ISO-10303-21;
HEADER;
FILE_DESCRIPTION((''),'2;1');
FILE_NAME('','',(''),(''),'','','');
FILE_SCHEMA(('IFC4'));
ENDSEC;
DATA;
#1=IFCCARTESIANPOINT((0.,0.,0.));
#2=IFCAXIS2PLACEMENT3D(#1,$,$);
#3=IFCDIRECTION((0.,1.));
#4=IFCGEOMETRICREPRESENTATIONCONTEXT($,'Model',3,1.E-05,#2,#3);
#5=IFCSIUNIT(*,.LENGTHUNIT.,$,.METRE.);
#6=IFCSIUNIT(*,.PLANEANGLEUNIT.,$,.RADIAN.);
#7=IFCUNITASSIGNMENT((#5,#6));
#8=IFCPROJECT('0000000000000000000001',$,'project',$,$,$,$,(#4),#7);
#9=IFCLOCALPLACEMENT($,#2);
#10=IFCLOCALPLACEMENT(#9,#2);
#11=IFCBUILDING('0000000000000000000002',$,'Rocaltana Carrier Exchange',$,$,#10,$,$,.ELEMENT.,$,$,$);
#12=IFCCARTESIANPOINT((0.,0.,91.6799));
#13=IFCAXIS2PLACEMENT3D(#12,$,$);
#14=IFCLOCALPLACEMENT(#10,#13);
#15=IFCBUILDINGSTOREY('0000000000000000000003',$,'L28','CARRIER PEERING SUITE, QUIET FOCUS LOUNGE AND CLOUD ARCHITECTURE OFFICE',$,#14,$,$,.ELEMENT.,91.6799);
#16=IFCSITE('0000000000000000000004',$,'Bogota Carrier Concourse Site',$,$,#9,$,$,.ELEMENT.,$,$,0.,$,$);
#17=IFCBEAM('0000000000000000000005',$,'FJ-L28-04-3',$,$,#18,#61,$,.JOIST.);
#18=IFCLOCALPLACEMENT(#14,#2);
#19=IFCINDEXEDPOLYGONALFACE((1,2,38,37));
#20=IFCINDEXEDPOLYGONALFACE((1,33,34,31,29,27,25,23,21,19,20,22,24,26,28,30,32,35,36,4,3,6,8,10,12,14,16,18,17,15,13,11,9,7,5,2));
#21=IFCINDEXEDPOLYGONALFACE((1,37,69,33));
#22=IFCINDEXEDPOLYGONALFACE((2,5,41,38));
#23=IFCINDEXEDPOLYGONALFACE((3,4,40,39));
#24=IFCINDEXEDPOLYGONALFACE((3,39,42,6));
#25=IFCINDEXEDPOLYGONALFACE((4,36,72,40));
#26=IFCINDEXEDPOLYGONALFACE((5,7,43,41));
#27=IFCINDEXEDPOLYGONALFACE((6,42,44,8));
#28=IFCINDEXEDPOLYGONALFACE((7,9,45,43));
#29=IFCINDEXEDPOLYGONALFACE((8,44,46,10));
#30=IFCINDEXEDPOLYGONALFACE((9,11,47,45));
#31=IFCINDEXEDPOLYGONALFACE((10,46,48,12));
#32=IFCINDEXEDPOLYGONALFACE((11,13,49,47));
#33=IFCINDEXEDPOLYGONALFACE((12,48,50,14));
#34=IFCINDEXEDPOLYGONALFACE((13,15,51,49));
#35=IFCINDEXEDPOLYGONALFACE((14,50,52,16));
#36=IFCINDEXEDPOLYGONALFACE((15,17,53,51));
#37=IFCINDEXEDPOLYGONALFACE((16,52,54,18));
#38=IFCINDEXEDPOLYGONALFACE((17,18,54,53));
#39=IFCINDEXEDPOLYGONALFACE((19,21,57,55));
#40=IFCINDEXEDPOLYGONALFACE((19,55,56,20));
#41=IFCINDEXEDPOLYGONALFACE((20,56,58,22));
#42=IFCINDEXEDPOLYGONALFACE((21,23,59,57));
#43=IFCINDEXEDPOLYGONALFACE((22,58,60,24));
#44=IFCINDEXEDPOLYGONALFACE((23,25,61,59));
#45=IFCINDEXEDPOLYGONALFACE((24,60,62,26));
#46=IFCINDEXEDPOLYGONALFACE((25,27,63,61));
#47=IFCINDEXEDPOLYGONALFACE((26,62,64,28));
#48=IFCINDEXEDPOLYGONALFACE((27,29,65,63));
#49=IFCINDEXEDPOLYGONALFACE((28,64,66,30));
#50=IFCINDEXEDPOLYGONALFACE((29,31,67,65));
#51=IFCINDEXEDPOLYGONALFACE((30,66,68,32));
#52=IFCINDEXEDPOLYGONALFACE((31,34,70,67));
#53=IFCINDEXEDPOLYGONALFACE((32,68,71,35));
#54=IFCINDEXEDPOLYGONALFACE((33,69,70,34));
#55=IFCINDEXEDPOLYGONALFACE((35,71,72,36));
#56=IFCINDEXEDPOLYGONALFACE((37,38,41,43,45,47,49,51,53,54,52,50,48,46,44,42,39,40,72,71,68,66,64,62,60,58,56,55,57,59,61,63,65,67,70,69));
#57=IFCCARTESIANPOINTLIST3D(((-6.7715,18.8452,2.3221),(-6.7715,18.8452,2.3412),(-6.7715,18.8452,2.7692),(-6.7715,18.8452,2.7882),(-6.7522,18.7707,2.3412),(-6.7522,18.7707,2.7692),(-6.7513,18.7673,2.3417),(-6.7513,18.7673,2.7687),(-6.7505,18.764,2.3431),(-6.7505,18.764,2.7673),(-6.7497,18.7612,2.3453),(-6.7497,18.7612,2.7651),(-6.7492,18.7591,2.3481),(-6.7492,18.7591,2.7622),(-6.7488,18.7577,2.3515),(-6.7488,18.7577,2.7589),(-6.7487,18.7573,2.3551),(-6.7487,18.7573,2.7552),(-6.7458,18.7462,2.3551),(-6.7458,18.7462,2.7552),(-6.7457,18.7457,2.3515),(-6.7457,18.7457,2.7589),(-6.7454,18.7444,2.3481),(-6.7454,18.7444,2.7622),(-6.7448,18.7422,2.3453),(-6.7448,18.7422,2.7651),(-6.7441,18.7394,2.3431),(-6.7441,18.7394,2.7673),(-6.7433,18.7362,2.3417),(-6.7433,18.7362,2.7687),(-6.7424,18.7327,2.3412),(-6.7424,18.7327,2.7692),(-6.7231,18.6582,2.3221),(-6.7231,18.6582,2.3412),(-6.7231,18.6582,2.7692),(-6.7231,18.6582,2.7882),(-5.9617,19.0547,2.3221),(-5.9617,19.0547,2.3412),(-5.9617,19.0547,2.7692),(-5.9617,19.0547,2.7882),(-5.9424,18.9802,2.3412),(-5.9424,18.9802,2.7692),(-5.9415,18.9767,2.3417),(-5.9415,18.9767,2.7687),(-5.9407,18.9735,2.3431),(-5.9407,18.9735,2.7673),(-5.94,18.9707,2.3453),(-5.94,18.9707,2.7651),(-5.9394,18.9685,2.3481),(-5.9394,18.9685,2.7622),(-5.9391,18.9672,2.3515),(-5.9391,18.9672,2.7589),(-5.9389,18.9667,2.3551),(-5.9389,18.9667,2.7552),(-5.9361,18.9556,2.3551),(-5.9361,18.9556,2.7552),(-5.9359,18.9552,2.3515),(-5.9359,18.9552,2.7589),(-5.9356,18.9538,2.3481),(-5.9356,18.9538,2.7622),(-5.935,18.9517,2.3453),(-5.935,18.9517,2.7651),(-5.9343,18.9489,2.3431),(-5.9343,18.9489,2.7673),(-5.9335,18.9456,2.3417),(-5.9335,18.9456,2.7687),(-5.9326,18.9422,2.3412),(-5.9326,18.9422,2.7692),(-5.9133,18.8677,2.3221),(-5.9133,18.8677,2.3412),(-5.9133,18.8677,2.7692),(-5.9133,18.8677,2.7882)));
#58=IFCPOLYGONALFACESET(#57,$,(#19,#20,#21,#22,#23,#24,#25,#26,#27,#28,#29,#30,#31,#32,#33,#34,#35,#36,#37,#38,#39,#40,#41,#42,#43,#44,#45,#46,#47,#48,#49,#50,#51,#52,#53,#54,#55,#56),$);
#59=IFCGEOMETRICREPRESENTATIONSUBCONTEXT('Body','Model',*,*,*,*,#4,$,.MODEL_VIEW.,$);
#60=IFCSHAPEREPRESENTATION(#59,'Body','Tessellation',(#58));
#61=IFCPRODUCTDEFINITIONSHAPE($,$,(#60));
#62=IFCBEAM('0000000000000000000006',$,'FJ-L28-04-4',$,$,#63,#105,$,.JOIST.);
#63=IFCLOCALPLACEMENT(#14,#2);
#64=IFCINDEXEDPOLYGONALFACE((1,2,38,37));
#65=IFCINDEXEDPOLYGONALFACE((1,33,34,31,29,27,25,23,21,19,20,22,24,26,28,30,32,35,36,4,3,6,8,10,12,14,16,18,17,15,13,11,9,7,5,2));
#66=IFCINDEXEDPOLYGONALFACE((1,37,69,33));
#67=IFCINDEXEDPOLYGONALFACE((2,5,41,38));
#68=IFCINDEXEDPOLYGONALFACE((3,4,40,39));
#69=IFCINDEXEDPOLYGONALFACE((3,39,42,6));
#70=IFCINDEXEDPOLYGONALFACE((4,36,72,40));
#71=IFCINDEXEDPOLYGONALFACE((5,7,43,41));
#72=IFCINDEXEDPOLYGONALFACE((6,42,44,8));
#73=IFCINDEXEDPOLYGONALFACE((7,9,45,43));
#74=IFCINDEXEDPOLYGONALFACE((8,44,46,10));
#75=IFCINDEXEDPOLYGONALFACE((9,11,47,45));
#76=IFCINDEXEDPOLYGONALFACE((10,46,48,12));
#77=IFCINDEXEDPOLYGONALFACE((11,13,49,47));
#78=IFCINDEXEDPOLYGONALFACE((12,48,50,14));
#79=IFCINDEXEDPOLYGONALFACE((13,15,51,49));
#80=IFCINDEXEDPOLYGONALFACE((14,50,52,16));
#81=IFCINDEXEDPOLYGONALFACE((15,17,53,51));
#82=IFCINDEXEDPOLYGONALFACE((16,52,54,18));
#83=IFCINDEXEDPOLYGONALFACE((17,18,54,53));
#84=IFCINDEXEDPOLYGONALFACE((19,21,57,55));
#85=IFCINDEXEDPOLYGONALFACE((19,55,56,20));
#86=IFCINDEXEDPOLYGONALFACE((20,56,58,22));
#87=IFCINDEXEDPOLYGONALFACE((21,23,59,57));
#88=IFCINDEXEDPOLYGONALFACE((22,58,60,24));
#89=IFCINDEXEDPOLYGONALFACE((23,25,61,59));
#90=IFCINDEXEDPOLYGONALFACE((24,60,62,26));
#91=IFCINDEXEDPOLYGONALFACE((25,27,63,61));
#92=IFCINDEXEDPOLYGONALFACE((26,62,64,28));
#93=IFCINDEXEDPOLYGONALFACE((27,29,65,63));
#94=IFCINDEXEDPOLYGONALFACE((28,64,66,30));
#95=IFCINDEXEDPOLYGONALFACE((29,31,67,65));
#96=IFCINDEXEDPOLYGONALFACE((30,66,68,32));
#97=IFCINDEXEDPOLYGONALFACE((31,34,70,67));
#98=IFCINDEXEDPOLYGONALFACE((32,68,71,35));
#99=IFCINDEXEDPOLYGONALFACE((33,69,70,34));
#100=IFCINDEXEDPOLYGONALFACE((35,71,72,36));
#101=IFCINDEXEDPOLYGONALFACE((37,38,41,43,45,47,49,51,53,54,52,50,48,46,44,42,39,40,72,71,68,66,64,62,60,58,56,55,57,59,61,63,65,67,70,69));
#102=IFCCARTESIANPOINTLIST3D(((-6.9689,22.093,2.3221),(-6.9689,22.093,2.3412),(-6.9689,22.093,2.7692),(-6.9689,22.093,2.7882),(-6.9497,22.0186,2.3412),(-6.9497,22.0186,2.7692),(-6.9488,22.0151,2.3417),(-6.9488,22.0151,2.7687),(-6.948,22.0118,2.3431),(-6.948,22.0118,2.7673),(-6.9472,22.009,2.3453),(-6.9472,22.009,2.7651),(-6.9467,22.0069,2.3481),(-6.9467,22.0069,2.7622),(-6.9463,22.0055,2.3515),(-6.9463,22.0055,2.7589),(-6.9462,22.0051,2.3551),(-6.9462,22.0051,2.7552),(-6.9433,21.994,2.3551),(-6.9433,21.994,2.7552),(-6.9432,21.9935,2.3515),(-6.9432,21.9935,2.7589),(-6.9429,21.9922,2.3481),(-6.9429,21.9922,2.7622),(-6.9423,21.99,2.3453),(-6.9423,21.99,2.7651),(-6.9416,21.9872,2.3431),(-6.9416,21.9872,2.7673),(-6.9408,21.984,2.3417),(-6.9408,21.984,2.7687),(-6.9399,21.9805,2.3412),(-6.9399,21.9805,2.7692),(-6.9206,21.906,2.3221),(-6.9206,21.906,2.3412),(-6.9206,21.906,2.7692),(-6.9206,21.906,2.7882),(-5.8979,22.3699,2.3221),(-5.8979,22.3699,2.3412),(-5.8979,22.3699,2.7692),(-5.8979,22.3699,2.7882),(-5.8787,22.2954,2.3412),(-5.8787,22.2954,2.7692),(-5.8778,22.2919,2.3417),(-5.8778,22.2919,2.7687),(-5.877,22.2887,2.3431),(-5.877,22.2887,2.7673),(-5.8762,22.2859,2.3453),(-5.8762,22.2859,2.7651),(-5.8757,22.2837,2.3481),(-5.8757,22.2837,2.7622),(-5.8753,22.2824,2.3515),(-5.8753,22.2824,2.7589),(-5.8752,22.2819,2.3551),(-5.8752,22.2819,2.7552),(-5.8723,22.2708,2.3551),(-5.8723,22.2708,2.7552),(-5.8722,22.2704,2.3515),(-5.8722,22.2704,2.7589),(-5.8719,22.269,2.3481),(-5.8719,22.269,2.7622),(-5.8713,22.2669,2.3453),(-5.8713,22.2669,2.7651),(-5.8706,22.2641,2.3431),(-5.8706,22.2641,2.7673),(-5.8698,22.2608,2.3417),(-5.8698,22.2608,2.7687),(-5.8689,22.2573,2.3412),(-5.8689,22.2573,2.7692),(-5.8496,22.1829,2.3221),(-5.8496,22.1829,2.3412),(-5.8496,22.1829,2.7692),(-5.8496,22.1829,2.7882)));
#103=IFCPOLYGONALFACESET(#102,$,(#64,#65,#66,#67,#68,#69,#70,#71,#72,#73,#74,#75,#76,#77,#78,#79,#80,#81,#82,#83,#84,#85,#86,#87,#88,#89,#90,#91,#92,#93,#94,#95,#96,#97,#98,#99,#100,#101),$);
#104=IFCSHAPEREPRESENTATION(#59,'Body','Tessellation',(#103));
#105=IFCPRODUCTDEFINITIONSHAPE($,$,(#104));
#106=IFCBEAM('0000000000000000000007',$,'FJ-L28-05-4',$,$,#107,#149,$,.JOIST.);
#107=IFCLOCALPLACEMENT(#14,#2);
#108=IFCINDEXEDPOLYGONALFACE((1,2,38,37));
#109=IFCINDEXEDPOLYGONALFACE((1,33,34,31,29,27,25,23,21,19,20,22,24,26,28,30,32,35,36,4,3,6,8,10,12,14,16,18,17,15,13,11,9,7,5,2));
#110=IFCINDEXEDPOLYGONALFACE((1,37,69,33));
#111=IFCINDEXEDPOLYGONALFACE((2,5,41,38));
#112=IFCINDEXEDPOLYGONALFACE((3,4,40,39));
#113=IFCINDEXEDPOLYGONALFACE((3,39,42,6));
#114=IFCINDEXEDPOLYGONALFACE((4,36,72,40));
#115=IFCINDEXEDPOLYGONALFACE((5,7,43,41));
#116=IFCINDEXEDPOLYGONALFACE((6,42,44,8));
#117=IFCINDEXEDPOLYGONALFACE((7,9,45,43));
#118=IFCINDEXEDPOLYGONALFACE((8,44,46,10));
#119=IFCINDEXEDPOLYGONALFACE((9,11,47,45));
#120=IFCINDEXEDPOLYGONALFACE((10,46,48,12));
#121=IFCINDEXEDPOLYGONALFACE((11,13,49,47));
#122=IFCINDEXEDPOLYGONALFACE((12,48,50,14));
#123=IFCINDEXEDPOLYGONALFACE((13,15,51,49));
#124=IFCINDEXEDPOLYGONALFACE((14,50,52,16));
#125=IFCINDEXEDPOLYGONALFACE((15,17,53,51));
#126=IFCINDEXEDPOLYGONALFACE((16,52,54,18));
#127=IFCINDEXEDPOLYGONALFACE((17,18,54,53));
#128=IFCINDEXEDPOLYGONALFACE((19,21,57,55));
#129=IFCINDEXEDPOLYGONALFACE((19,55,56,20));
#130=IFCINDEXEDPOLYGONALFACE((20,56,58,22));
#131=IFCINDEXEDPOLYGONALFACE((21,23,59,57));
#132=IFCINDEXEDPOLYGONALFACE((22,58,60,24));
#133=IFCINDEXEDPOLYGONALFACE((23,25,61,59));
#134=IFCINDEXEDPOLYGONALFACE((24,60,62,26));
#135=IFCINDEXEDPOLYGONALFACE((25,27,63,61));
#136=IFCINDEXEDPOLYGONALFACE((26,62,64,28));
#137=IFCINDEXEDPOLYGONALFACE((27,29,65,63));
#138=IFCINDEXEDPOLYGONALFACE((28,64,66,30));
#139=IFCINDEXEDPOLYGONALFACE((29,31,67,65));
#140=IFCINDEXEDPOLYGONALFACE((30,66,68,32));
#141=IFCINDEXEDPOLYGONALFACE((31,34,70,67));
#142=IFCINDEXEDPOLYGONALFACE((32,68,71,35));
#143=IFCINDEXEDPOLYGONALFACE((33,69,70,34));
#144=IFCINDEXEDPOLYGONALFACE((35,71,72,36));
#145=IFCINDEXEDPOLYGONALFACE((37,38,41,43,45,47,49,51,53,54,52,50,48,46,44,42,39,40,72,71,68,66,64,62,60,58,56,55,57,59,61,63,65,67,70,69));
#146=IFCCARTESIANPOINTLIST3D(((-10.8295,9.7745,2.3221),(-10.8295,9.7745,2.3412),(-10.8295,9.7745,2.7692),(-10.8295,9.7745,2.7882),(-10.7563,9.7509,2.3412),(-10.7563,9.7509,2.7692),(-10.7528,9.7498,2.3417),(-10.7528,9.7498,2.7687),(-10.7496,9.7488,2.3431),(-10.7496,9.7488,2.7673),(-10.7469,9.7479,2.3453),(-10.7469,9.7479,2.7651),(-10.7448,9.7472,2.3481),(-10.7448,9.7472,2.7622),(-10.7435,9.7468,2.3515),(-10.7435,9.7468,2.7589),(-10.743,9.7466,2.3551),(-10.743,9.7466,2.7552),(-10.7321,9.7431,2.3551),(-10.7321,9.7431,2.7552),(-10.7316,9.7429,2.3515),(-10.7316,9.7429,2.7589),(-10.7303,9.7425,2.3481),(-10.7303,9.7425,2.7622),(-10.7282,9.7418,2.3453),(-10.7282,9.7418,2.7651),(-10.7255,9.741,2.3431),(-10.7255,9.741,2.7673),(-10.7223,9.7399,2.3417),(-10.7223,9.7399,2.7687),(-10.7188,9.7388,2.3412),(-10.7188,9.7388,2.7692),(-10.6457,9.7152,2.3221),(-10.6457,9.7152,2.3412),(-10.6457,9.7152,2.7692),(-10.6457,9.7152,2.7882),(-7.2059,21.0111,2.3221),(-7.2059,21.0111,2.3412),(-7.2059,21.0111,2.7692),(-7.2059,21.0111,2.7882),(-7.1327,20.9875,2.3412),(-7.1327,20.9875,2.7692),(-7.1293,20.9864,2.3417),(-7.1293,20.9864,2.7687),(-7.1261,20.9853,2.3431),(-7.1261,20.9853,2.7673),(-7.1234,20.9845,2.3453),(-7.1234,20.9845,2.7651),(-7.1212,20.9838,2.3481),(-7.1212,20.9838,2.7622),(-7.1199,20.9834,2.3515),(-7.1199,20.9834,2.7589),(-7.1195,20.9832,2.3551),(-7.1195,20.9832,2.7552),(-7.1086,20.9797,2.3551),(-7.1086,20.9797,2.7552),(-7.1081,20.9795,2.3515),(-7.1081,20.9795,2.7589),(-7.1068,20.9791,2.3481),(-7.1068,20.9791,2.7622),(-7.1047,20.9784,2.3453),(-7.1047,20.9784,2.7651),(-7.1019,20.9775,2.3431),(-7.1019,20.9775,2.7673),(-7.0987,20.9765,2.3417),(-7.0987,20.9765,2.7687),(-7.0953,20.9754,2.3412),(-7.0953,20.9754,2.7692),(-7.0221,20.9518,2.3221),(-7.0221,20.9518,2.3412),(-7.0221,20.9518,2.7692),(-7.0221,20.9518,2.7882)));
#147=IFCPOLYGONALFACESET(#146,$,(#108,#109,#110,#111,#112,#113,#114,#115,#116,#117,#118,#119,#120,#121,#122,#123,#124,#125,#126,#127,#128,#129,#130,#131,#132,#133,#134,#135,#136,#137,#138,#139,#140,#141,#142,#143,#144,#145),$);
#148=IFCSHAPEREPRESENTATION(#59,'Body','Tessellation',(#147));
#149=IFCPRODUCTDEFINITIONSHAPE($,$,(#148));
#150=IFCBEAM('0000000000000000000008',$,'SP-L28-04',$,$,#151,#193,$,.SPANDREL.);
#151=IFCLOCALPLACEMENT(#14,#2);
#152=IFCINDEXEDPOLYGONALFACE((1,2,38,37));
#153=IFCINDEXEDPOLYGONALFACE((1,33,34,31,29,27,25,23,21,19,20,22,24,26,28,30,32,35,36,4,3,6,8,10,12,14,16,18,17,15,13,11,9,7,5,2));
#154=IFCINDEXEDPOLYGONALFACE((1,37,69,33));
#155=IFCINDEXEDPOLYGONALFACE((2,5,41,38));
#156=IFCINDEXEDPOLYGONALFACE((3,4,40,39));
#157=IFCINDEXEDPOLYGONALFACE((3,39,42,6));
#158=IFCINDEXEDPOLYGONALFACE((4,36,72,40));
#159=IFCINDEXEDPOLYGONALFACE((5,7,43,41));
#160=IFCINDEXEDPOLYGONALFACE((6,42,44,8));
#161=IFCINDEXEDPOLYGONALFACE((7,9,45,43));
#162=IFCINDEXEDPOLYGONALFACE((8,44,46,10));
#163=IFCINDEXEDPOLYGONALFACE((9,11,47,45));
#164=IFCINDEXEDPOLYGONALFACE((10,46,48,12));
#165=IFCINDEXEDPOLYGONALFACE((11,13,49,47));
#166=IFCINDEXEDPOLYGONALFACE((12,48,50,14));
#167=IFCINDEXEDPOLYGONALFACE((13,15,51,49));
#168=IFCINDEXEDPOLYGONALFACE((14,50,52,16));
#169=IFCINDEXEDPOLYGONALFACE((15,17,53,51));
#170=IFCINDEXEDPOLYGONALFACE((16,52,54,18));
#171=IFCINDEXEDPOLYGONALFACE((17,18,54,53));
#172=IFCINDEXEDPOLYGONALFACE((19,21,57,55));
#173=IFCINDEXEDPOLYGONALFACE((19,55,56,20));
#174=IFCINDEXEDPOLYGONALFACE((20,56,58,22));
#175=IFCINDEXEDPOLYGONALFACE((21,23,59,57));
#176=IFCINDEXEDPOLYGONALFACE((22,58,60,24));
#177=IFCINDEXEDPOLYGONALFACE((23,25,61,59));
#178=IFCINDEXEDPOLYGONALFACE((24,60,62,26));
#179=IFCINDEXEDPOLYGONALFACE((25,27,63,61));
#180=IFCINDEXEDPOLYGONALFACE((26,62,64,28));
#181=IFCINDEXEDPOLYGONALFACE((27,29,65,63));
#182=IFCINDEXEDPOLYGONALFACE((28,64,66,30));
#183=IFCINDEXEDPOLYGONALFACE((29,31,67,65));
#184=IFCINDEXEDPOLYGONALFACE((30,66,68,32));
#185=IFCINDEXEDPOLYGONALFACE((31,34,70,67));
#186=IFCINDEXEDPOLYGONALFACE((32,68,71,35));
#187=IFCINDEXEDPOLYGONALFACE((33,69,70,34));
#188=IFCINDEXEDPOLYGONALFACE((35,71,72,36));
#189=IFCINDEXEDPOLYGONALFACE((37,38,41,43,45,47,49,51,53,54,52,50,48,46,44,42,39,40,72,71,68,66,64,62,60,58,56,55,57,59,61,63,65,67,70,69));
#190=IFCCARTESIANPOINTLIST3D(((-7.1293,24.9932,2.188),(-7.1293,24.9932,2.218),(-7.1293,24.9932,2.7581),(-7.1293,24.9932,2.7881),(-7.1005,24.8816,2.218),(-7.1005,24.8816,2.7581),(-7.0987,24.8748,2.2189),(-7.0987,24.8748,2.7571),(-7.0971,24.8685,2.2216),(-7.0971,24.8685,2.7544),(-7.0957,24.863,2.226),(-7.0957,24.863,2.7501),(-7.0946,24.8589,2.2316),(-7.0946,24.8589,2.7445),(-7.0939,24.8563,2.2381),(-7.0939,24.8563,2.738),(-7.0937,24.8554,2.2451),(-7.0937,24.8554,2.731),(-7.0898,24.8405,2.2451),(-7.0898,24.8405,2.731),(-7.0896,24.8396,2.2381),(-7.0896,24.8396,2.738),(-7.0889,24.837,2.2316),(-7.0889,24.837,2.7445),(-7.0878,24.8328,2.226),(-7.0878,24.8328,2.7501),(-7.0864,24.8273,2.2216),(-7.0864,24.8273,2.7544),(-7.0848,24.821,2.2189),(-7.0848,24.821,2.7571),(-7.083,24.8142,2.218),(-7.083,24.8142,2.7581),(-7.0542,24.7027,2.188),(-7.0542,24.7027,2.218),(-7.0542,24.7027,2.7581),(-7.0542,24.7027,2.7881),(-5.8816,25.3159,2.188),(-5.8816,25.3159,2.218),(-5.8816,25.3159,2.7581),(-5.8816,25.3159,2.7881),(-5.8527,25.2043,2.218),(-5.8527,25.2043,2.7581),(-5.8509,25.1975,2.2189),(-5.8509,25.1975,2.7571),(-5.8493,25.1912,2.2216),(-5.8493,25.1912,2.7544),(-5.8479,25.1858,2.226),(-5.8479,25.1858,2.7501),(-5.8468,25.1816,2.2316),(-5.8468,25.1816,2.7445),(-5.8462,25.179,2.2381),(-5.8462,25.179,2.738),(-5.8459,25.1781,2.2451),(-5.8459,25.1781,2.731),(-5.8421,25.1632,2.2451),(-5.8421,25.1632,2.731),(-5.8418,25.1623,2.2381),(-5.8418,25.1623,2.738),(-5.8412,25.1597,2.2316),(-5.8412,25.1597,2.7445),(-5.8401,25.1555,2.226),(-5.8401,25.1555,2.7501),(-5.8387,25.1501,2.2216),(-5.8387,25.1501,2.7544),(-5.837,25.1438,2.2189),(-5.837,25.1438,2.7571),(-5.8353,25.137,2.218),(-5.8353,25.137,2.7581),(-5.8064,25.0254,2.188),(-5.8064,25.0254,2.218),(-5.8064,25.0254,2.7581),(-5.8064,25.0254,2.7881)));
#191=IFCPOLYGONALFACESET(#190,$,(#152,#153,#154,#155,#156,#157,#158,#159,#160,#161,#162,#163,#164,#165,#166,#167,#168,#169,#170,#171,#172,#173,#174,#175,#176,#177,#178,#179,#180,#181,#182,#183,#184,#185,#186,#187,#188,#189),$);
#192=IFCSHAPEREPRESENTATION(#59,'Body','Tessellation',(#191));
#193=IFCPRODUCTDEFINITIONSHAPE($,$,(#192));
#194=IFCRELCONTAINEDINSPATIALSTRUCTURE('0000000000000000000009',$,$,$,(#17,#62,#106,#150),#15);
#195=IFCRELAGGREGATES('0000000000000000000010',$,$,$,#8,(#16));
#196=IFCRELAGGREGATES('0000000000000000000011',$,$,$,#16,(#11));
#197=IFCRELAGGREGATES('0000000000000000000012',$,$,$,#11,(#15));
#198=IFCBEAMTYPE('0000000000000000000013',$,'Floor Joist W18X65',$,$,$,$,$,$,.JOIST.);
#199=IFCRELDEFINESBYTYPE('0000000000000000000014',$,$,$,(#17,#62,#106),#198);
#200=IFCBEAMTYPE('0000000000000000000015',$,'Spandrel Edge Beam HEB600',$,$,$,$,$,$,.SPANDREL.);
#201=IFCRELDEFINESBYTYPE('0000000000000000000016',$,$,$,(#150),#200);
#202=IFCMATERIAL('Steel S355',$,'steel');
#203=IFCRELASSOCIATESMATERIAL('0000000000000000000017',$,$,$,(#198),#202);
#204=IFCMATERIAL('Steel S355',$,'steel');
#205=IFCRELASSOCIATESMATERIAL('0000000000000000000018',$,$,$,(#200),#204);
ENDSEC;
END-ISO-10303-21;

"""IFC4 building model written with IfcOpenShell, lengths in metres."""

from ifc_helpers import new_model, si_unit, direction, frame, origin, origin_2d, place, context, subcontext, project, spatial, i_section, extrude, material, material_profile, profile_set, type_object, element, save


model = new_model("IFC4")

# Units and contexts
model_context = context("Model", 3, precision=1e-05, world=origin(), true_north=direction((0.0, 1.0)))
body_context = subcontext(model_context, "Body", "Model", "MODEL_VIEW")
ifc_project = project(units=[si_unit("LENGTHUNIT", "METRE"), si_unit("PLANEANGLEUNIT", "RADIAN")], contexts=[model_context])

# Site, building, storey
site_placement = place(None, origin())
site = spatial("IfcSite", under=ifc_project, at=site_placement, Name="Bogota Carrier Concourse Site", CompositionType="ELEMENT", RefElevation=0.0)
building_placement = place(site_placement, origin())
building = spatial("IfcBuilding", under=site, at=building_placement, Name="Rocaltana Carrier Exchange", CompositionType="ELEMENT")
storey_placement = place(building_placement, frame((0.0, 0.0, 91.6799)))
storey = spatial("IfcBuildingStorey", under=building, at=storey_placement, Name="L28", Description="CARRIER PEERING SUITE, QUIET FOCUS LOUNGE AND CLOUD ARCHITECTURE OFFICE", CompositionType="ELEMENT", Elevation=91.6799)

# Beams
ifc_material_1 = material(Name="Steel S355", Category="steel")
ifc_material_profile_1 = material_profile(ifc_material_1, i_section(OverallWidth=0.1931, OverallDepth=0.4661, WebThickness=0.0115, FlangeThickness=0.019, FilletRadius=0.0139, at=origin_2d()), Name="W18X65")
ifc_profile_set_1 = profile_set([ifc_material_profile_1], Name="Steel S355")
beam_type_1 = type_object("IfcBeamType", Name="Floor Joist W18X65", PredefinedType="JOIST", material=ifc_profile_set_1)
beam_1_placement = place(storey_placement, frame((-5.9375, 18.9612, 2.5552), z_axis=(-0.968136, -0.250425, 0.0), x_axis=(0.250425, -0.968136, 0.0)))
element("IfcBeam", 1, at=beam_1_placement, inside=storey, type_object=beam_type_1, Name="FJ-L28-04-3", PredefinedType="JOIST", context=body_context, shape_type="SweptSolid", body=[
    extrude(i_section(OverallWidth=0.1931, OverallDepth=0.4661, WebThickness=0.0115, FlangeThickness=0.019, FilletRadius=0.0139, at=origin_2d()), origin(), (0.0, 0.0, 1.0), 0.8364),
])
beam_2_placement = place(storey_placement, frame((-5.8738, 22.2764, 2.5552), z_axis=(-0.968177, -0.250265, 0.0), x_axis=(0.250265, -0.968177, 0.0)))
element("IfcBeam", 2, at=beam_2_placement, inside=storey, type_object=beam_type_1, Name="FJ-L28-04-4", PredefinedType="JOIST", context=body_context, shape_type="SweptSolid", body=[
    extrude(i_section(OverallWidth=0.1931, OverallDepth=0.4661, WebThickness=0.0115, FlangeThickness=0.019, FilletRadius=0.0139, at=origin_2d()), origin(), (0.0, 0.0, 1.0), 1.1062),
])
beam_3_placement = place(storey_placement, frame((-7.114, 20.9814, 2.5552), z_axis=(-0.306913, -0.951737, 0.0), x_axis=(0.951737, -0.306913, 0.0)))
element("IfcBeam", 3, at=beam_3_placement, inside=storey, type_object=beam_type_1, Name="FJ-L28-05-4", PredefinedType="JOIST", context=body_context, shape_type="SweptSolid", body=[
    extrude(i_section(OverallWidth=0.1931, OverallDepth=0.4661, WebThickness=0.0115, FlangeThickness=0.019, FilletRadius=0.0139, at=origin_2d()), origin(), (0.0, 0.0, 1.0), 11.8064),
])
ifc_material_2 = material(Name="Steel S355", Category="steel")
ifc_material_profile_2 = material_profile(ifc_material_2, i_section(OverallWidth=0.3, OverallDepth=0.6001, WebThickness=0.0154, FlangeThickness=0.03, FilletRadius=0.0271, at=origin_2d()), Name="HEB600")
ifc_profile_set_2 = profile_set([ifc_material_profile_2], Name="Steel S355")
beam_type_2 = type_object("IfcBeamType", Name="Spandrel Edge Beam HEB600", PredefinedType="SPANDREL", material=ifc_profile_set_2)
beam_4_placement = place(storey_placement, frame((-5.844, 25.1707, 2.488), z_axis=(-0.968138, -0.250416, 0.0), x_axis=(0.250416, -0.968138, 0.0)))
element("IfcBeam", 4, at=beam_4_placement, inside=storey, type_object=beam_type_2, Name="SP-L28-04", PredefinedType="SPANDREL", context=body_context, shape_type="SweptSolid", body=[
    extrude(i_section(OverallWidth=0.3, OverallDepth=0.6001, WebThickness=0.0154, FlangeThickness=0.03, FilletRadius=0.0271, at=origin_2d()), origin(), (0.0, 0.0, 1.0), 1.2888),
])

save(model, "model.ifc")
